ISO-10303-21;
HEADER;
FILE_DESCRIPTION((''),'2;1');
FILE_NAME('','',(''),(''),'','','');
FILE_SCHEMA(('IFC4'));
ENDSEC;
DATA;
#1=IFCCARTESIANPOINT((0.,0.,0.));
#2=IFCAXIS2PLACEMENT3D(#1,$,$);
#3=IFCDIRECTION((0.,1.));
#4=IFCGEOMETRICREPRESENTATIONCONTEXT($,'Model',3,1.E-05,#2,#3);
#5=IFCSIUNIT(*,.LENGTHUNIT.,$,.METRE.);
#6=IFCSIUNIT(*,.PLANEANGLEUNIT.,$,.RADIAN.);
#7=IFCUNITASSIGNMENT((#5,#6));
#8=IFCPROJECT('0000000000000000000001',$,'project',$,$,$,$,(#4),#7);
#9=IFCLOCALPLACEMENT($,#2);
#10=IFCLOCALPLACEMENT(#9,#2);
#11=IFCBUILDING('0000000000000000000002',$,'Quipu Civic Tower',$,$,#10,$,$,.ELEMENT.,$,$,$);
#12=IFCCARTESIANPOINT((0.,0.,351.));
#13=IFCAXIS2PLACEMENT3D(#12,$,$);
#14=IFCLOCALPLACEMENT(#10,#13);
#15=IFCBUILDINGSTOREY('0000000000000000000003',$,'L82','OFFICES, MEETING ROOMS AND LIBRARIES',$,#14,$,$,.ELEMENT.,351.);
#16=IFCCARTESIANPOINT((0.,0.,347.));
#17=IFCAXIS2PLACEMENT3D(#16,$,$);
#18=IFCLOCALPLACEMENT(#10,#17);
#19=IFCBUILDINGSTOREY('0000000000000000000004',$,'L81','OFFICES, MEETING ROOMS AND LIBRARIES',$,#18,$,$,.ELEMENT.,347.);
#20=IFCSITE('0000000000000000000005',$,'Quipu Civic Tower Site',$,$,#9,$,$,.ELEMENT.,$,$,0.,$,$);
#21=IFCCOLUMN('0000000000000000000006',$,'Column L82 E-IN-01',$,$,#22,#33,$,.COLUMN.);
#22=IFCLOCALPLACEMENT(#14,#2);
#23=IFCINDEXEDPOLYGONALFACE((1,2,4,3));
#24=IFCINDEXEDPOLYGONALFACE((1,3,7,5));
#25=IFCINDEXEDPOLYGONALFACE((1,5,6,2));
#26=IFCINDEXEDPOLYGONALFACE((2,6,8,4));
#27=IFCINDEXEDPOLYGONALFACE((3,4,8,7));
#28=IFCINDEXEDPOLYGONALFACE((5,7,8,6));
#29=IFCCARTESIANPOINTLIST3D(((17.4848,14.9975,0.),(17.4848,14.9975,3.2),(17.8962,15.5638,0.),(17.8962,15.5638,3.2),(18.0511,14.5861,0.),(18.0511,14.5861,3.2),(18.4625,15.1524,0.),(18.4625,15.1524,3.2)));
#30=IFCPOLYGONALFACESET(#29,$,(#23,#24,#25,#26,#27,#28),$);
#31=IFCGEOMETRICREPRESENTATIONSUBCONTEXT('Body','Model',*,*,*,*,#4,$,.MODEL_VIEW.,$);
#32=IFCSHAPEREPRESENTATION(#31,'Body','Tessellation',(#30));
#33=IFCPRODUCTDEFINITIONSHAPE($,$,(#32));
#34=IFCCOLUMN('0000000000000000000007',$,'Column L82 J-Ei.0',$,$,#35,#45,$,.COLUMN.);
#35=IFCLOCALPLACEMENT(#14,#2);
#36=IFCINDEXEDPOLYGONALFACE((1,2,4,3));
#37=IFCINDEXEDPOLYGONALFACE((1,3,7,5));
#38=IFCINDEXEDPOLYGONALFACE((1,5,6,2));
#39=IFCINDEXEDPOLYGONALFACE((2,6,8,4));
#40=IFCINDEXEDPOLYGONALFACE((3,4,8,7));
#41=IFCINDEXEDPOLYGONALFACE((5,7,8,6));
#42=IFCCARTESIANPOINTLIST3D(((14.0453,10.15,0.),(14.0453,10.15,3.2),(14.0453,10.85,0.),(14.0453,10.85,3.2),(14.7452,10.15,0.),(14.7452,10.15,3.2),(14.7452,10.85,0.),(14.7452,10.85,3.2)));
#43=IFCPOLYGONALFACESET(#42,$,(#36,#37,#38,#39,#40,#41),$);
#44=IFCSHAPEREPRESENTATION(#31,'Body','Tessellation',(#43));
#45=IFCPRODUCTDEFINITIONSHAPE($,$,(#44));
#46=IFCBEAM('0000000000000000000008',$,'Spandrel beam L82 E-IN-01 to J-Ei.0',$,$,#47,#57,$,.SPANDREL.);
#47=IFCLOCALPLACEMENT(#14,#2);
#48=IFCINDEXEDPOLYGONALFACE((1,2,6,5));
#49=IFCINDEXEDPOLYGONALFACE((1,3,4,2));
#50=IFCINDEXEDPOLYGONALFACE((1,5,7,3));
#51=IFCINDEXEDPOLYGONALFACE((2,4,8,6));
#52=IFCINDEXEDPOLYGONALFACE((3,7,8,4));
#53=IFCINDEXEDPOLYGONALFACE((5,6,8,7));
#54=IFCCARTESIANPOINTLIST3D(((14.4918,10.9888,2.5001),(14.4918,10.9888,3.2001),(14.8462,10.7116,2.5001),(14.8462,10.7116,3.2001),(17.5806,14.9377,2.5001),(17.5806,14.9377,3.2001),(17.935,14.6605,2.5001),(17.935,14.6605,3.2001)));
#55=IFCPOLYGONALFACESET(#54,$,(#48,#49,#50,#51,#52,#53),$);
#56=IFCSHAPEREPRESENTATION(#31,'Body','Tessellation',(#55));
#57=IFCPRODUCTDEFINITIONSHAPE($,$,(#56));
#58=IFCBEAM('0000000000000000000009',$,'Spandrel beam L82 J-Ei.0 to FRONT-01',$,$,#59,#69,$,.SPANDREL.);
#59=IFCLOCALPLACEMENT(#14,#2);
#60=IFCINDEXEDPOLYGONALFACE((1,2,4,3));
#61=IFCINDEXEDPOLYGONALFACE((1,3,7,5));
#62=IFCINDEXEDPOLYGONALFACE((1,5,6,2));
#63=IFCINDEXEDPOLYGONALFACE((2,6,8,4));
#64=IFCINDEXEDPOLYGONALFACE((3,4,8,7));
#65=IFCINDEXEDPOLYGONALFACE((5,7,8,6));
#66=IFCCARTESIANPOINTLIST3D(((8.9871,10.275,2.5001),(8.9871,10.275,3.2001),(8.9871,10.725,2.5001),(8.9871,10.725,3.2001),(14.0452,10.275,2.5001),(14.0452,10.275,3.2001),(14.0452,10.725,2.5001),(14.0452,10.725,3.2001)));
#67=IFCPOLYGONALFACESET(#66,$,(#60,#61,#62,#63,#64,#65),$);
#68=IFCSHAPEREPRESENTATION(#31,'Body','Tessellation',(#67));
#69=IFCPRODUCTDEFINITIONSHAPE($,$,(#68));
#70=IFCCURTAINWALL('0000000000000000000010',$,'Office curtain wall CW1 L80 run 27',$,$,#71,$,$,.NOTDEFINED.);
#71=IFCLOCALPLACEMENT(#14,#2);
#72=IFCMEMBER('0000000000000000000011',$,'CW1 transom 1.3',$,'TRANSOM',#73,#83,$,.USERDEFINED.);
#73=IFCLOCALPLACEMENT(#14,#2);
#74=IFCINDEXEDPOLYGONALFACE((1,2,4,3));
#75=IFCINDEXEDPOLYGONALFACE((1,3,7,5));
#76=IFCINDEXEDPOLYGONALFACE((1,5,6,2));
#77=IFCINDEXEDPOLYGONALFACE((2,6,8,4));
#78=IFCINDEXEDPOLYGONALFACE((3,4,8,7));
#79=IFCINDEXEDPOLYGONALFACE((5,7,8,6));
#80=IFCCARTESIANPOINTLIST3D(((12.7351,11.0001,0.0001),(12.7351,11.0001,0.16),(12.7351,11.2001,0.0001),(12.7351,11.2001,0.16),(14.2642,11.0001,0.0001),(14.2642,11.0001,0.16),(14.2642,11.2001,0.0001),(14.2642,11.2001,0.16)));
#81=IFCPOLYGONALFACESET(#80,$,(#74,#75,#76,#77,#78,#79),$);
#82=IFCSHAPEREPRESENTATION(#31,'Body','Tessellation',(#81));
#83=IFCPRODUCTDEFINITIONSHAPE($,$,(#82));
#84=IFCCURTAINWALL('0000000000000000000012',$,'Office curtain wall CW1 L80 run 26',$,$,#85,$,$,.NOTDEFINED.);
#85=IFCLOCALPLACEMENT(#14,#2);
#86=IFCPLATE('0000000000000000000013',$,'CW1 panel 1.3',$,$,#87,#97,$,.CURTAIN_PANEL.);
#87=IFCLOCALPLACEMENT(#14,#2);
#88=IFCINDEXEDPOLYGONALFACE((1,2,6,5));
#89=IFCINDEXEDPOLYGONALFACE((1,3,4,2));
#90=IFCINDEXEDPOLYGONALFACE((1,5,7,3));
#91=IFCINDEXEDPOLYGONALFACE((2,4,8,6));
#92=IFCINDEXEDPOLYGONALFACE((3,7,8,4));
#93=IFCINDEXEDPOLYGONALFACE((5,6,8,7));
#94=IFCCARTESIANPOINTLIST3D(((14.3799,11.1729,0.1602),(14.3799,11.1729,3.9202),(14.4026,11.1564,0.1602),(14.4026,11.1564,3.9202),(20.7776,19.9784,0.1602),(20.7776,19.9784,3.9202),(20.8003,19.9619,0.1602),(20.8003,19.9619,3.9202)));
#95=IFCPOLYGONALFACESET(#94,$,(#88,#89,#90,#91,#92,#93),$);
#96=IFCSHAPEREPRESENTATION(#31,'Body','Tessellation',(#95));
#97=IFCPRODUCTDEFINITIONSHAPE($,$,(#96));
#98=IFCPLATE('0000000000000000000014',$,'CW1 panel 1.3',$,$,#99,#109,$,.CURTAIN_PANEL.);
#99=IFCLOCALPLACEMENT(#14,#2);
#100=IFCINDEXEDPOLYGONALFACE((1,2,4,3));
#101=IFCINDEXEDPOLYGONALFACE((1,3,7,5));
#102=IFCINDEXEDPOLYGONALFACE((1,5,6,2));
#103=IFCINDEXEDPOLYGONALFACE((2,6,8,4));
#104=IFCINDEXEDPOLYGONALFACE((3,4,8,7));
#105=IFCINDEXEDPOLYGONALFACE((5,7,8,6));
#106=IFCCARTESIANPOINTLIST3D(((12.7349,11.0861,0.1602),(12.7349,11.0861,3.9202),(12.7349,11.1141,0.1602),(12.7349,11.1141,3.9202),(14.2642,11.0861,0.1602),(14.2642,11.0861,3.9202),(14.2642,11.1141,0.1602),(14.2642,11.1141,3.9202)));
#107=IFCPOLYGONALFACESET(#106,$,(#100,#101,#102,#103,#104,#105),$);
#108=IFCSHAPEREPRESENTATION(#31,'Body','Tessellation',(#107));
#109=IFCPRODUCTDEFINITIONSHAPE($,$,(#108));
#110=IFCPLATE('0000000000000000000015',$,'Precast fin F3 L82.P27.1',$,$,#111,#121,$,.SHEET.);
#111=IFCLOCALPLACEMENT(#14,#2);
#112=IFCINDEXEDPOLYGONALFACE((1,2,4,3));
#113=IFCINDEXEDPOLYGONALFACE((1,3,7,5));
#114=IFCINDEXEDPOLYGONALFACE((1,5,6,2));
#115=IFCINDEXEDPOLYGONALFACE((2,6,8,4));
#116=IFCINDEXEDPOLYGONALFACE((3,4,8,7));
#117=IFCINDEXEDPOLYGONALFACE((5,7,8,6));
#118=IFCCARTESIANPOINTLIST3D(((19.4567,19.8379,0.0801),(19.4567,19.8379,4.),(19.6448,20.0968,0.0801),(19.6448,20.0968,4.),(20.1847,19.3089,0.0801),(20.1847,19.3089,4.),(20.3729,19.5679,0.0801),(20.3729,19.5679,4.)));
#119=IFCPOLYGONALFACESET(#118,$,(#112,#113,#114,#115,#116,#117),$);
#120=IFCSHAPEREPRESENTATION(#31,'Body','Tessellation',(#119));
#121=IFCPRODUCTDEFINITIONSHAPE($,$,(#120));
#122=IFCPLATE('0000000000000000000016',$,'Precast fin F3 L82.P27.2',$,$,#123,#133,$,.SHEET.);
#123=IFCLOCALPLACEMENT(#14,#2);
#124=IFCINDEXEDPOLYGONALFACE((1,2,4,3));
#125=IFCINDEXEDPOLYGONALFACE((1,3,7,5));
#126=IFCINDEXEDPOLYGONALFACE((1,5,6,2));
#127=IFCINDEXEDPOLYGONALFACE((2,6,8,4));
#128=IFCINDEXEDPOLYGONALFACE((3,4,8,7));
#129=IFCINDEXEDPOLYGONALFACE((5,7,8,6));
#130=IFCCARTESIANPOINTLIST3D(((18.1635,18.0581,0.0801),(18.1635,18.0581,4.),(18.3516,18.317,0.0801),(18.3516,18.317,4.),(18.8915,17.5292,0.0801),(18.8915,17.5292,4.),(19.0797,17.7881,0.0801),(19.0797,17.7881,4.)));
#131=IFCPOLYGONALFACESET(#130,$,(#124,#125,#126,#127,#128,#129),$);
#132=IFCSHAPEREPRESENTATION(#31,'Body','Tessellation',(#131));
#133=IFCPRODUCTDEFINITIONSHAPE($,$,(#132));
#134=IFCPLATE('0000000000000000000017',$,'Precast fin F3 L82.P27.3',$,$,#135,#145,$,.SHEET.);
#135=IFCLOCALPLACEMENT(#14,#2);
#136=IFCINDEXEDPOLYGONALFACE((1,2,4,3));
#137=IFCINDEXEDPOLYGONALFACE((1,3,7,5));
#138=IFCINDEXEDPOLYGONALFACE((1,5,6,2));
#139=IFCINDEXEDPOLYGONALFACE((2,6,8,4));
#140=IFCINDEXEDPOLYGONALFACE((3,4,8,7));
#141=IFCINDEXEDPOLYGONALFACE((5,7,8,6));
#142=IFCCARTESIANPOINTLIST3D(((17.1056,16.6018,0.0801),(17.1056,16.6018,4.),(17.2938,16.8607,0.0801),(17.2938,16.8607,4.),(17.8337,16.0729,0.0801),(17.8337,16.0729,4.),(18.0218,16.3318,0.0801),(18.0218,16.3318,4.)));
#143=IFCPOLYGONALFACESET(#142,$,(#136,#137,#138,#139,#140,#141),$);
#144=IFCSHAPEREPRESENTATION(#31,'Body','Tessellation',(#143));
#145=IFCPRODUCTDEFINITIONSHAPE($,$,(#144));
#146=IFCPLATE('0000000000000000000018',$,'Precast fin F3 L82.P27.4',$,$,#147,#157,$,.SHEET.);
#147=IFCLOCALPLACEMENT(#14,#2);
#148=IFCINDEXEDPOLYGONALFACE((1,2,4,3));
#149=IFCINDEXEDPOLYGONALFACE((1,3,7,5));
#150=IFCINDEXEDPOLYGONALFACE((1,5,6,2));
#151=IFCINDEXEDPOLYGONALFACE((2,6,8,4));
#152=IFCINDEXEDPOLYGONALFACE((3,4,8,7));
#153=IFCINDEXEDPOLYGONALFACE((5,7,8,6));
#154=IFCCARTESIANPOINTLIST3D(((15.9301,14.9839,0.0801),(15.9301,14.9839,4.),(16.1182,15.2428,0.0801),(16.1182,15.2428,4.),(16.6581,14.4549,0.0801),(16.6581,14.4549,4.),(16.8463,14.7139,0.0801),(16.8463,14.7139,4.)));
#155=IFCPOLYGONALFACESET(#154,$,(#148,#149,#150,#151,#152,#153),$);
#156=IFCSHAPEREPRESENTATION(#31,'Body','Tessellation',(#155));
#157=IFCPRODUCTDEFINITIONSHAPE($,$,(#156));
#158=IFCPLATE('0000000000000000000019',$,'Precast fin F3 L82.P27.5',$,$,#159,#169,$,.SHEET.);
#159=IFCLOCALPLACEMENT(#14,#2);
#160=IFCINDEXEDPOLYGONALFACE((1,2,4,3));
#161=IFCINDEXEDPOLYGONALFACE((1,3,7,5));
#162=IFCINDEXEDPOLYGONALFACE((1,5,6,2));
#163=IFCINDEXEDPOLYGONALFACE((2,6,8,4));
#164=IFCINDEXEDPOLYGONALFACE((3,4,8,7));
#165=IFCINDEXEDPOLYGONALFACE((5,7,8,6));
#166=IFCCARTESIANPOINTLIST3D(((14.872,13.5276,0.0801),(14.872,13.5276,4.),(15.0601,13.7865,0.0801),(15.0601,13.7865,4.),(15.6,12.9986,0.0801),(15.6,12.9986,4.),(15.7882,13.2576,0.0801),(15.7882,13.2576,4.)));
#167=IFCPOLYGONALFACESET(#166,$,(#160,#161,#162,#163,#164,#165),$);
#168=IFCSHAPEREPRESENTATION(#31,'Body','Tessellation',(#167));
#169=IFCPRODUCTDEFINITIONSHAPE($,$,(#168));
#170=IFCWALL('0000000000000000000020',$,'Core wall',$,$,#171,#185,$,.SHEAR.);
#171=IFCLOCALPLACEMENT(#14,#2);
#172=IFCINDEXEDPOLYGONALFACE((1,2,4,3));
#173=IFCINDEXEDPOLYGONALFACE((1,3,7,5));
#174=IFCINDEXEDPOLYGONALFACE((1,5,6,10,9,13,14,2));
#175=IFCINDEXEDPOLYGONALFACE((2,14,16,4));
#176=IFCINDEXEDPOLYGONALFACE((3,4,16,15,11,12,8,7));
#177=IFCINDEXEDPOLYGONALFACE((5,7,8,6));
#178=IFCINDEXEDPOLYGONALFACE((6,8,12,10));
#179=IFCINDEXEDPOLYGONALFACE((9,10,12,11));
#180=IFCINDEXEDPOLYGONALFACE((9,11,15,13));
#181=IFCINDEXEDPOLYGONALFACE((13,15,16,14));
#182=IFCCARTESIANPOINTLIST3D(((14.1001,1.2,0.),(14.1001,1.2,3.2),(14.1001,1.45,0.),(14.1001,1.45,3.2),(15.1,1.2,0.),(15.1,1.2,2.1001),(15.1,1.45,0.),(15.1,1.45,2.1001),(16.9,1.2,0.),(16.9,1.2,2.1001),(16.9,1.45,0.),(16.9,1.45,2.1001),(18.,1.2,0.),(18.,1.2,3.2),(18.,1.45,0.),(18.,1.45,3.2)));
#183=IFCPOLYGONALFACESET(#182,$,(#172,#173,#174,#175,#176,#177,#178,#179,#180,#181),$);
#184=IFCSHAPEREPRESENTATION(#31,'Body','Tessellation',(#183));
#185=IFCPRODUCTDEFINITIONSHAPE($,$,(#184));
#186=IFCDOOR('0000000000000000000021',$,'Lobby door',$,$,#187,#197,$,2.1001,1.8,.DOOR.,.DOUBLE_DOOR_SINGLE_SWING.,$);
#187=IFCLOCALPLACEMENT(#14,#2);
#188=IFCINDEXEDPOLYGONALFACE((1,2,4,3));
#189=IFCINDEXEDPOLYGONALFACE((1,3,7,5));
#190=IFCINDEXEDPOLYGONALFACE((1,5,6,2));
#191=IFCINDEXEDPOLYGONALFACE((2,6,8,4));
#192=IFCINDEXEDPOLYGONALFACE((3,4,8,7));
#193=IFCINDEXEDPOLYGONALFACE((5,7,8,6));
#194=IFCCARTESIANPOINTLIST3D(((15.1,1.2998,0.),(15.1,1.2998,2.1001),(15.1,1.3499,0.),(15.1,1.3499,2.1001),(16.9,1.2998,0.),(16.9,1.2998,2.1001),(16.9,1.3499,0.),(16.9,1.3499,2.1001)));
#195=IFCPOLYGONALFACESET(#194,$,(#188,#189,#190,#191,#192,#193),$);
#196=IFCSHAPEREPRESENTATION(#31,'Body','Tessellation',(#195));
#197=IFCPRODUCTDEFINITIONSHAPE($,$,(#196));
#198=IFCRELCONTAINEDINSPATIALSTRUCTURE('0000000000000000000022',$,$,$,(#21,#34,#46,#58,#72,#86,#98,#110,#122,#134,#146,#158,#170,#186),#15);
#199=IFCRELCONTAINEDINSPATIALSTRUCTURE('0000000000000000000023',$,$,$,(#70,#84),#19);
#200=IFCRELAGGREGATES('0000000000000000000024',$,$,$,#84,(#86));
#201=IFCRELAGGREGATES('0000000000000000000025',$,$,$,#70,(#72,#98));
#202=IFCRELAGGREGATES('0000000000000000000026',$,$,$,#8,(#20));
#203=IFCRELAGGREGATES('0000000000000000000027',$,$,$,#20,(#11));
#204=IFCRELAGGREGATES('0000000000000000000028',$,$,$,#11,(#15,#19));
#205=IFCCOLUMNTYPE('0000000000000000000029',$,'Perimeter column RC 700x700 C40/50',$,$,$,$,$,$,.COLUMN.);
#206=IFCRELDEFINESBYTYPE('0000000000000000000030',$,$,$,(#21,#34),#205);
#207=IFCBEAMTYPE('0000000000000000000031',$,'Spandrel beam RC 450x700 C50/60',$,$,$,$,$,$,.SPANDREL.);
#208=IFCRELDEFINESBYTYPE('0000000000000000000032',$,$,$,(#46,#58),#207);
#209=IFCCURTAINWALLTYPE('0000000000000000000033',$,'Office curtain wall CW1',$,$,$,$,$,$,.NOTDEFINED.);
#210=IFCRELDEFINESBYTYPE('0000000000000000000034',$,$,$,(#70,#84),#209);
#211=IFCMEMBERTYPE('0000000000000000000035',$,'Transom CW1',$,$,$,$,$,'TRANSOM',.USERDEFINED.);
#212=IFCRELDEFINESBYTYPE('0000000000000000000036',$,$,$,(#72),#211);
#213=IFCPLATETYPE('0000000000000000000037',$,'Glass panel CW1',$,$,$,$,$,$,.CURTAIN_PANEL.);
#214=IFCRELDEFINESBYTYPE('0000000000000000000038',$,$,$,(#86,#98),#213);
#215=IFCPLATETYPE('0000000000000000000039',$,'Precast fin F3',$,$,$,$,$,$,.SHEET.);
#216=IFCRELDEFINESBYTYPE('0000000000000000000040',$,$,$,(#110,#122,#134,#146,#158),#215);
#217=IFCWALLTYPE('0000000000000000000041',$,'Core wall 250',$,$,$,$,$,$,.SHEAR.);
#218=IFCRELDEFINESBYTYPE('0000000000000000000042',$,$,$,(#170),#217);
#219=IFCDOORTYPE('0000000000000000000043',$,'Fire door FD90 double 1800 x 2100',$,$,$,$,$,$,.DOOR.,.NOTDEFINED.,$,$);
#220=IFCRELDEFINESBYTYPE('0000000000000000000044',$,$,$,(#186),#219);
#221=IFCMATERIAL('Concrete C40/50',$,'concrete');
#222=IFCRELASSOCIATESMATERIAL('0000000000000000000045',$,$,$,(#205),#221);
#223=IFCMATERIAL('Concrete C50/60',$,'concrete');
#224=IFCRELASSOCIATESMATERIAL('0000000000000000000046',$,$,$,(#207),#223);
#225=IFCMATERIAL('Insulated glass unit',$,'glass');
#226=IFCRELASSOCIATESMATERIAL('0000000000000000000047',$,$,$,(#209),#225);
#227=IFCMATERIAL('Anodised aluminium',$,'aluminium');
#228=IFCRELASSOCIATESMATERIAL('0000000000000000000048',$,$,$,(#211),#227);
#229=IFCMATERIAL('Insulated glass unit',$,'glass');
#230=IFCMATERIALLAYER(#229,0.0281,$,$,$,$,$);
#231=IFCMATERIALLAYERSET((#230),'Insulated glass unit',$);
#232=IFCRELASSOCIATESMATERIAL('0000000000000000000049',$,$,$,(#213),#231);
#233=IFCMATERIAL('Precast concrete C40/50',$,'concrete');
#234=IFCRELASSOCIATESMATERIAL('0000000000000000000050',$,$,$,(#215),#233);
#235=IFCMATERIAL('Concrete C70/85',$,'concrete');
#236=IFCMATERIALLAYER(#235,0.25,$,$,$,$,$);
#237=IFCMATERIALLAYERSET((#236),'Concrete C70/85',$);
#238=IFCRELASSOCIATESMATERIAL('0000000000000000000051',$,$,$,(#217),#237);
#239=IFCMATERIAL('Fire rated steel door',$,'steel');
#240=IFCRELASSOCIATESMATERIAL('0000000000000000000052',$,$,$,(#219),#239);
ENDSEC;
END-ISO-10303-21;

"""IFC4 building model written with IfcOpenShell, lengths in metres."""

from ifc_helpers import new_model, si_unit, direction, frame, frame_2d, origin, origin_2d, place, context, subcontext, project, spatial, rectangle, extrude, material, layer, layer_set, material_profile, profile_set, type_object, element, fill, aggregate, save


model = new_model("IFC4")

# Units and contexts
model_context = context("Model", 3, precision=1e-05, world=origin(), true_north=direction((0.0, 1.0)))
body_context = subcontext(model_context, "Body", "Model", "MODEL_VIEW")
ifc_project = project(units=[si_unit("LENGTHUNIT", "METRE"), si_unit("PLANEANGLEUNIT", "RADIAN")], contexts=[model_context])

# Site, building, storey
site_placement = place(None, origin())
site = spatial("IfcSite", under=ifc_project, at=site_placement, Name="Quipu Civic Tower Site", CompositionType="ELEMENT", RefElevation=0.0)
building_placement = place(site_placement, origin())
building = spatial("IfcBuilding", under=site, at=building_placement, Name="Quipu Civic Tower", CompositionType="ELEMENT")
storey_1_placement = place(building_placement, frame((0.0, 0.0, 351.0)))
storey_1 = spatial("IfcBuildingStorey", under=building, at=storey_1_placement, Name="L82", Description="OFFICES, MEETING ROOMS AND LIBRARIES", CompositionType="ELEMENT", Elevation=351.0)

# Columns
ifc_material_1 = material(Name="Concrete C40/50", Category="concrete")
ifc_material_profile_1 = material_profile(ifc_material_1, rectangle(XDim=0.7, YDim=0.7, at=origin_2d()), Name="RC700x700")
ifc_profile_set_1 = profile_set([ifc_material_profile_1], Name="Concrete C40/50")
column_type = type_object("IfcColumnType", Name="Perimeter column RC 700x700 C40/50", PredefinedType="COLUMN", material=ifc_profile_set_1)
for number, where, z_axis, x_axis, name in (
    (1, (17.9736, 15.075, 0.0), (0.0, 0.0, 1.0), (-0.587785, -0.809017, 0.0), "Column L82 E-IN-01"),
    (2, (14.3953, 10.5, 0.0), (0.0, 0.0, 1.0), (-1.0, 0.0, 0.0), "Column L82 J-Ei.0"),
):
    element("IfcColumn", number, at=place(storey_1_placement, frame(where, z_axis=z_axis, x_axis=x_axis)), inside=storey_1, type_object=column_type, Name=name, PredefinedType="COLUMN", context=body_context, shape_type="SweptSolid", body=[
        extrude(rectangle(XDim=0.7, YDim=0.7, at=origin_2d()), origin(), (0.0, 0.0, 1.0), 3.2),
    ])

# Beams
ifc_material_2 = material(Name="Concrete C50/60", Category="concrete")
ifc_material_profile_2 = material_profile(ifc_material_2, rectangle(XDim=0.45, YDim=0.7, at=origin_2d()), Name="RC450x700")
ifc_profile_set_2 = profile_set([ifc_material_profile_2], Name="Concrete C50/60")
beam_type = type_object("IfcBeamType", Name="Spandrel beam RC 450x700 C50/60", PredefinedType="SPANDREL", material=ifc_profile_set_2)
beam_1_placement = place(storey_1_placement, frame((17.7578, 14.7991, 2.8501), z_axis=(-0.616106, -0.787663, 0.0), x_axis=(0.787663, -0.616106, 0.0)))
element("IfcBeam", 3, at=beam_1_placement, inside=storey_1, type_object=beam_type, Name="Spandrel beam L82 E-IN-01 to J-Ei.0", PredefinedType="SPANDREL", context=body_context, shape_type="SweptSolid", body=[
    extrude(rectangle(XDim=0.45, YDim=0.7, at=origin_2d()), origin(), (0.0, 0.0, 1.0), 5.0134),
])
beam_2_placement = place(storey_1_placement, frame((14.0452, 10.5, 2.8501), z_axis=(-1.0, 0.0, 0.0), x_axis=(0.0, -1.0, 0.0)))
element("IfcBeam", 4, at=beam_2_placement, inside=storey_1, type_object=beam_type, Name="Spandrel beam L82 J-Ei.0 to FRONT-01", PredefinedType="SPANDREL", context=body_context, shape_type="SweptSolid", body=[
    extrude(rectangle(XDim=0.45, YDim=0.7, at=origin_2d()), origin(), (0.0, 0.0, 1.0), 5.0581),
])

# Shared definitions
storey_2_placement = place(building_placement, frame((0.0, 0.0, 347.0)))
storey_2 = spatial("IfcBuildingStorey", under=building, at=storey_2_placement, Name="L81", Description="OFFICES, MEETING ROOMS AND LIBRARIES", CompositionType="ELEMENT", Elevation=347.0)

# Curtain wall, member
ifc_material_3 = material(Name="Insulated glass unit", Category="glass")
curtain_wall_type = type_object("IfcCurtainWallType", Name="Office curtain wall CW1", PredefinedType="NOTDEFINED", material=ifc_material_3)
curtain_wall_1_placement = place(storey_2_placement, origin())
curtain_wall_1 = element("IfcCurtainWall", 5, at=curtain_wall_1_placement, inside=storey_2, type_object=curtain_wall_type, Name="Office curtain wall CW1 L80 run 27", PredefinedType="NOTDEFINED")
ifc_material_4 = material(Name="Anodised aluminium", Category="aluminium")
ifc_material_profile_3 = material_profile(ifc_material_4, rectangle(XDim=0.2, YDim=0.1599, at=origin_2d()), Name="RECT 200x160")
ifc_profile_set_3 = profile_set([ifc_material_profile_3], Name="Anodised aluminium")
member_type = type_object("IfcMemberType", Name="Transom CW1", ElementType="TRANSOM", PredefinedType="USERDEFINED", material=ifc_profile_set_3)
member_placement = place(storey_1_placement, frame((14.2642, 11.1001, 0.0801), z_axis=(-1.0, 0.0, 0.0), x_axis=(0.0, -1.0, 0.0)))
member = element("IfcMember", 6, at=member_placement, inside=storey_1, type_object=member_type, Name="CW1 transom 1.3", ObjectType="TRANSOM", PredefinedType="USERDEFINED", context=body_context, shape_type="SweptSolid", body=[
    extrude(rectangle(XDim=0.2, YDim=0.1599, at=origin_2d()), origin(), (0.0, 0.0, 1.0), 1.5291),
])

# Curtain wall, plate
curtain_wall_2_placement = place(storey_2_placement, origin())
curtain_wall_2 = element("IfcCurtainWall", 7, at=curtain_wall_2_placement, inside=storey_2, type_object=curtain_wall_type, Name="Office curtain wall CW1 L80 run 26", PredefinedType="NOTDEFINED")
ifc_material_5 = material(Name="Insulated glass unit", Category="glass")
ifc_layer_1 = layer(ifc_material_5, 0.0281)
ifc_layer_set_1 = layer_set([ifc_layer_1], Name="Insulated glass unit")
plate_type_1 = type_object("IfcPlateType", Name="Glass panel CW1", PredefinedType="CURTAIN_PANEL", material=ifc_layer_set_1)
plate_1_placement = place(storey_1_placement, frame((17.5901, 15.5674, 0.1602), z_axis=(0.0, 0.0, 1.0), x_axis=(-0.587788, -0.809015, 0.0)))
plate_1 = element("IfcPlate", 8, at=plate_1_placement, inside=storey_1, type_object=plate_type_1, Name="CW1 panel 1.3", PredefinedType="CURTAIN_PANEL", context=body_context, shape_type="SweptSolid", body=[
    extrude(rectangle(XDim=10.8843, YDim=0.0281, at=origin_2d()), origin(), (0.0, 0.0, 1.0), 3.76),
])
aggregate(curtain_wall_2, [plate_1])

# Plate
plate_2_placement = place(storey_1_placement, frame((13.4995, 11.1001, 0.1602), z_axis=(0.0, 0.0, 1.0), x_axis=(-1.0, 0.0, 0.0)))
plate_2 = element("IfcPlate", 9, at=plate_2_placement, inside=storey_1, type_object=plate_type_1, Name="CW1 panel 1.3", PredefinedType="CURTAIN_PANEL", context=body_context, shape_type="SweptSolid", body=[
    extrude(rectangle(XDim=1.5293, YDim=0.0281, at=origin_2d()), origin(), (0.0, 0.0, 1.0), 3.76),
])
aggregate(curtain_wall_1, [member, plate_2])

# Plates
ifc_material_6 = material(Name="Precast concrete C40/50", Category="concrete")
plate_type_2 = type_object("IfcPlateType", Name="Precast fin F3", PredefinedType="SHEET", material=ifc_material_6)
for number, where, z_axis, x_axis, name in (
    (10, (19.9148, 19.7029, 0.0801), (0.0, 0.0, 1.0), (-0.587784, -0.809018, 0.0), "Precast fin F3 L82.P27.1"),
    (11, (18.6216, 17.9231, 0.0801), (0.0, 0.0, 1.0), (-0.587784, -0.809018, 0.0), "Precast fin F3 L82.P27.2"),
    (12, (17.5637, 16.4668, 0.0801), (0.0, 0.0, 1.0), (-0.587784, -0.809018, 0.0), "Precast fin F3 L82.P27.3"),
    (13, (16.3882, 14.8489, 0.0801), (0.0, 0.0, 1.0), (-0.587784, -0.809018, 0.0), "Precast fin F3 L82.P27.4"),
    (14, (15.3301, 13.3926, 0.0801), (0.0, 0.0, 1.0), (-0.587784, -0.809018, 0.0), "Precast fin F3 L82.P27.5"),
):
    element("IfcPlate", number, at=place(storey_1_placement, frame(where, z_axis=z_axis, x_axis=x_axis)), inside=storey_1, type_object=plate_type_2, Name=name, PredefinedType="SHEET", context=body_context, shape_type="SweptSolid", body=[
        extrude(rectangle(XDim=0.3201, YDim=0.8999, at=origin_2d()), origin(), (0.0, 0.0, 1.0), 3.9199),
    ])

# Wall, opening, door
ifc_material_7 = material(Name="Concrete C70/85", Category="concrete")
ifc_layer_2 = layer(ifc_material_7, 0.25)
ifc_layer_set_2 = layer_set([ifc_layer_2], Name="Concrete C70/85")
wall_type_1 = type_object("IfcWallType", Name="Core wall 250", PredefinedType="SHEAR", material=ifc_layer_set_2)
wall_1_placement = place(storey_1_placement, frame((14.1001, 1.325, 0.0), z_axis=(0.0, 0.0, 1.0), x_axis=(1.0, 0.0, 0.0)))
wall_1 = element("IfcWall", 15, at=wall_1_placement, inside=storey_1, type_object=wall_type_1, Name="Core wall", PredefinedType="SHEAR", context=body_context, shape_type="SweptSolid", body=[
    extrude(rectangle(XDim=3.8999, YDim=0.25, at=frame_2d((1.95, 0.0))), origin(), (0.0, 0.0, 1.0), 3.2),
])
opening_1_placement = place(wall_1_placement, frame((1.0, 0.0, 0.0)))
opening_1 = element("IfcOpeningElement", 16, at=opening_1_placement, cuts=wall_1, PredefinedType="OPENING", context=body_context, shape_type="SweptSolid", body=[
    extrude(rectangle(XDim=1.8, YDim=2.1001, at=frame_2d((0.8999, 1.05))), frame((0.0, 0.135, 0.0), z_axis=(0.0, -1.0, 0.0), x_axis=(1.0, 0.0, 0.0)), (0.0, 0.0, 1.0), 0.27),
])
ifc_material_8 = material(Name="Fire rated steel door", Category="steel")
door_type = type_object("IfcDoorType", Name="Fire door FD90 double 1800 x 2100", OperationType="NOTDEFINED", PredefinedType="DOOR", material=ifc_material_8)
door_placement = place(opening_1_placement, origin())
door = element("IfcDoor", 17, at=door_placement, inside=storey_1, type_object=door_type, Name="Lobby door", OperationType="DOUBLE_DOOR_SINGLE_SWING", OverallHeight=2.1001, OverallWidth=1.8, PredefinedType="DOOR", context=body_context, shape_type="SweptSolid", body=[
    extrude(rectangle(XDim=1.8, YDim=2.1001, at=frame_2d((0.8999, 1.05))), frame((0.0, 0.0249, 0.0), z_axis=(0.0, -1.0, 0.0), x_axis=(1.0, 0.0, 0.0)), (0.0, 0.0, 1.0), 0.05),
])
fill(opening_1, door)

save(model, "model.ifc")
